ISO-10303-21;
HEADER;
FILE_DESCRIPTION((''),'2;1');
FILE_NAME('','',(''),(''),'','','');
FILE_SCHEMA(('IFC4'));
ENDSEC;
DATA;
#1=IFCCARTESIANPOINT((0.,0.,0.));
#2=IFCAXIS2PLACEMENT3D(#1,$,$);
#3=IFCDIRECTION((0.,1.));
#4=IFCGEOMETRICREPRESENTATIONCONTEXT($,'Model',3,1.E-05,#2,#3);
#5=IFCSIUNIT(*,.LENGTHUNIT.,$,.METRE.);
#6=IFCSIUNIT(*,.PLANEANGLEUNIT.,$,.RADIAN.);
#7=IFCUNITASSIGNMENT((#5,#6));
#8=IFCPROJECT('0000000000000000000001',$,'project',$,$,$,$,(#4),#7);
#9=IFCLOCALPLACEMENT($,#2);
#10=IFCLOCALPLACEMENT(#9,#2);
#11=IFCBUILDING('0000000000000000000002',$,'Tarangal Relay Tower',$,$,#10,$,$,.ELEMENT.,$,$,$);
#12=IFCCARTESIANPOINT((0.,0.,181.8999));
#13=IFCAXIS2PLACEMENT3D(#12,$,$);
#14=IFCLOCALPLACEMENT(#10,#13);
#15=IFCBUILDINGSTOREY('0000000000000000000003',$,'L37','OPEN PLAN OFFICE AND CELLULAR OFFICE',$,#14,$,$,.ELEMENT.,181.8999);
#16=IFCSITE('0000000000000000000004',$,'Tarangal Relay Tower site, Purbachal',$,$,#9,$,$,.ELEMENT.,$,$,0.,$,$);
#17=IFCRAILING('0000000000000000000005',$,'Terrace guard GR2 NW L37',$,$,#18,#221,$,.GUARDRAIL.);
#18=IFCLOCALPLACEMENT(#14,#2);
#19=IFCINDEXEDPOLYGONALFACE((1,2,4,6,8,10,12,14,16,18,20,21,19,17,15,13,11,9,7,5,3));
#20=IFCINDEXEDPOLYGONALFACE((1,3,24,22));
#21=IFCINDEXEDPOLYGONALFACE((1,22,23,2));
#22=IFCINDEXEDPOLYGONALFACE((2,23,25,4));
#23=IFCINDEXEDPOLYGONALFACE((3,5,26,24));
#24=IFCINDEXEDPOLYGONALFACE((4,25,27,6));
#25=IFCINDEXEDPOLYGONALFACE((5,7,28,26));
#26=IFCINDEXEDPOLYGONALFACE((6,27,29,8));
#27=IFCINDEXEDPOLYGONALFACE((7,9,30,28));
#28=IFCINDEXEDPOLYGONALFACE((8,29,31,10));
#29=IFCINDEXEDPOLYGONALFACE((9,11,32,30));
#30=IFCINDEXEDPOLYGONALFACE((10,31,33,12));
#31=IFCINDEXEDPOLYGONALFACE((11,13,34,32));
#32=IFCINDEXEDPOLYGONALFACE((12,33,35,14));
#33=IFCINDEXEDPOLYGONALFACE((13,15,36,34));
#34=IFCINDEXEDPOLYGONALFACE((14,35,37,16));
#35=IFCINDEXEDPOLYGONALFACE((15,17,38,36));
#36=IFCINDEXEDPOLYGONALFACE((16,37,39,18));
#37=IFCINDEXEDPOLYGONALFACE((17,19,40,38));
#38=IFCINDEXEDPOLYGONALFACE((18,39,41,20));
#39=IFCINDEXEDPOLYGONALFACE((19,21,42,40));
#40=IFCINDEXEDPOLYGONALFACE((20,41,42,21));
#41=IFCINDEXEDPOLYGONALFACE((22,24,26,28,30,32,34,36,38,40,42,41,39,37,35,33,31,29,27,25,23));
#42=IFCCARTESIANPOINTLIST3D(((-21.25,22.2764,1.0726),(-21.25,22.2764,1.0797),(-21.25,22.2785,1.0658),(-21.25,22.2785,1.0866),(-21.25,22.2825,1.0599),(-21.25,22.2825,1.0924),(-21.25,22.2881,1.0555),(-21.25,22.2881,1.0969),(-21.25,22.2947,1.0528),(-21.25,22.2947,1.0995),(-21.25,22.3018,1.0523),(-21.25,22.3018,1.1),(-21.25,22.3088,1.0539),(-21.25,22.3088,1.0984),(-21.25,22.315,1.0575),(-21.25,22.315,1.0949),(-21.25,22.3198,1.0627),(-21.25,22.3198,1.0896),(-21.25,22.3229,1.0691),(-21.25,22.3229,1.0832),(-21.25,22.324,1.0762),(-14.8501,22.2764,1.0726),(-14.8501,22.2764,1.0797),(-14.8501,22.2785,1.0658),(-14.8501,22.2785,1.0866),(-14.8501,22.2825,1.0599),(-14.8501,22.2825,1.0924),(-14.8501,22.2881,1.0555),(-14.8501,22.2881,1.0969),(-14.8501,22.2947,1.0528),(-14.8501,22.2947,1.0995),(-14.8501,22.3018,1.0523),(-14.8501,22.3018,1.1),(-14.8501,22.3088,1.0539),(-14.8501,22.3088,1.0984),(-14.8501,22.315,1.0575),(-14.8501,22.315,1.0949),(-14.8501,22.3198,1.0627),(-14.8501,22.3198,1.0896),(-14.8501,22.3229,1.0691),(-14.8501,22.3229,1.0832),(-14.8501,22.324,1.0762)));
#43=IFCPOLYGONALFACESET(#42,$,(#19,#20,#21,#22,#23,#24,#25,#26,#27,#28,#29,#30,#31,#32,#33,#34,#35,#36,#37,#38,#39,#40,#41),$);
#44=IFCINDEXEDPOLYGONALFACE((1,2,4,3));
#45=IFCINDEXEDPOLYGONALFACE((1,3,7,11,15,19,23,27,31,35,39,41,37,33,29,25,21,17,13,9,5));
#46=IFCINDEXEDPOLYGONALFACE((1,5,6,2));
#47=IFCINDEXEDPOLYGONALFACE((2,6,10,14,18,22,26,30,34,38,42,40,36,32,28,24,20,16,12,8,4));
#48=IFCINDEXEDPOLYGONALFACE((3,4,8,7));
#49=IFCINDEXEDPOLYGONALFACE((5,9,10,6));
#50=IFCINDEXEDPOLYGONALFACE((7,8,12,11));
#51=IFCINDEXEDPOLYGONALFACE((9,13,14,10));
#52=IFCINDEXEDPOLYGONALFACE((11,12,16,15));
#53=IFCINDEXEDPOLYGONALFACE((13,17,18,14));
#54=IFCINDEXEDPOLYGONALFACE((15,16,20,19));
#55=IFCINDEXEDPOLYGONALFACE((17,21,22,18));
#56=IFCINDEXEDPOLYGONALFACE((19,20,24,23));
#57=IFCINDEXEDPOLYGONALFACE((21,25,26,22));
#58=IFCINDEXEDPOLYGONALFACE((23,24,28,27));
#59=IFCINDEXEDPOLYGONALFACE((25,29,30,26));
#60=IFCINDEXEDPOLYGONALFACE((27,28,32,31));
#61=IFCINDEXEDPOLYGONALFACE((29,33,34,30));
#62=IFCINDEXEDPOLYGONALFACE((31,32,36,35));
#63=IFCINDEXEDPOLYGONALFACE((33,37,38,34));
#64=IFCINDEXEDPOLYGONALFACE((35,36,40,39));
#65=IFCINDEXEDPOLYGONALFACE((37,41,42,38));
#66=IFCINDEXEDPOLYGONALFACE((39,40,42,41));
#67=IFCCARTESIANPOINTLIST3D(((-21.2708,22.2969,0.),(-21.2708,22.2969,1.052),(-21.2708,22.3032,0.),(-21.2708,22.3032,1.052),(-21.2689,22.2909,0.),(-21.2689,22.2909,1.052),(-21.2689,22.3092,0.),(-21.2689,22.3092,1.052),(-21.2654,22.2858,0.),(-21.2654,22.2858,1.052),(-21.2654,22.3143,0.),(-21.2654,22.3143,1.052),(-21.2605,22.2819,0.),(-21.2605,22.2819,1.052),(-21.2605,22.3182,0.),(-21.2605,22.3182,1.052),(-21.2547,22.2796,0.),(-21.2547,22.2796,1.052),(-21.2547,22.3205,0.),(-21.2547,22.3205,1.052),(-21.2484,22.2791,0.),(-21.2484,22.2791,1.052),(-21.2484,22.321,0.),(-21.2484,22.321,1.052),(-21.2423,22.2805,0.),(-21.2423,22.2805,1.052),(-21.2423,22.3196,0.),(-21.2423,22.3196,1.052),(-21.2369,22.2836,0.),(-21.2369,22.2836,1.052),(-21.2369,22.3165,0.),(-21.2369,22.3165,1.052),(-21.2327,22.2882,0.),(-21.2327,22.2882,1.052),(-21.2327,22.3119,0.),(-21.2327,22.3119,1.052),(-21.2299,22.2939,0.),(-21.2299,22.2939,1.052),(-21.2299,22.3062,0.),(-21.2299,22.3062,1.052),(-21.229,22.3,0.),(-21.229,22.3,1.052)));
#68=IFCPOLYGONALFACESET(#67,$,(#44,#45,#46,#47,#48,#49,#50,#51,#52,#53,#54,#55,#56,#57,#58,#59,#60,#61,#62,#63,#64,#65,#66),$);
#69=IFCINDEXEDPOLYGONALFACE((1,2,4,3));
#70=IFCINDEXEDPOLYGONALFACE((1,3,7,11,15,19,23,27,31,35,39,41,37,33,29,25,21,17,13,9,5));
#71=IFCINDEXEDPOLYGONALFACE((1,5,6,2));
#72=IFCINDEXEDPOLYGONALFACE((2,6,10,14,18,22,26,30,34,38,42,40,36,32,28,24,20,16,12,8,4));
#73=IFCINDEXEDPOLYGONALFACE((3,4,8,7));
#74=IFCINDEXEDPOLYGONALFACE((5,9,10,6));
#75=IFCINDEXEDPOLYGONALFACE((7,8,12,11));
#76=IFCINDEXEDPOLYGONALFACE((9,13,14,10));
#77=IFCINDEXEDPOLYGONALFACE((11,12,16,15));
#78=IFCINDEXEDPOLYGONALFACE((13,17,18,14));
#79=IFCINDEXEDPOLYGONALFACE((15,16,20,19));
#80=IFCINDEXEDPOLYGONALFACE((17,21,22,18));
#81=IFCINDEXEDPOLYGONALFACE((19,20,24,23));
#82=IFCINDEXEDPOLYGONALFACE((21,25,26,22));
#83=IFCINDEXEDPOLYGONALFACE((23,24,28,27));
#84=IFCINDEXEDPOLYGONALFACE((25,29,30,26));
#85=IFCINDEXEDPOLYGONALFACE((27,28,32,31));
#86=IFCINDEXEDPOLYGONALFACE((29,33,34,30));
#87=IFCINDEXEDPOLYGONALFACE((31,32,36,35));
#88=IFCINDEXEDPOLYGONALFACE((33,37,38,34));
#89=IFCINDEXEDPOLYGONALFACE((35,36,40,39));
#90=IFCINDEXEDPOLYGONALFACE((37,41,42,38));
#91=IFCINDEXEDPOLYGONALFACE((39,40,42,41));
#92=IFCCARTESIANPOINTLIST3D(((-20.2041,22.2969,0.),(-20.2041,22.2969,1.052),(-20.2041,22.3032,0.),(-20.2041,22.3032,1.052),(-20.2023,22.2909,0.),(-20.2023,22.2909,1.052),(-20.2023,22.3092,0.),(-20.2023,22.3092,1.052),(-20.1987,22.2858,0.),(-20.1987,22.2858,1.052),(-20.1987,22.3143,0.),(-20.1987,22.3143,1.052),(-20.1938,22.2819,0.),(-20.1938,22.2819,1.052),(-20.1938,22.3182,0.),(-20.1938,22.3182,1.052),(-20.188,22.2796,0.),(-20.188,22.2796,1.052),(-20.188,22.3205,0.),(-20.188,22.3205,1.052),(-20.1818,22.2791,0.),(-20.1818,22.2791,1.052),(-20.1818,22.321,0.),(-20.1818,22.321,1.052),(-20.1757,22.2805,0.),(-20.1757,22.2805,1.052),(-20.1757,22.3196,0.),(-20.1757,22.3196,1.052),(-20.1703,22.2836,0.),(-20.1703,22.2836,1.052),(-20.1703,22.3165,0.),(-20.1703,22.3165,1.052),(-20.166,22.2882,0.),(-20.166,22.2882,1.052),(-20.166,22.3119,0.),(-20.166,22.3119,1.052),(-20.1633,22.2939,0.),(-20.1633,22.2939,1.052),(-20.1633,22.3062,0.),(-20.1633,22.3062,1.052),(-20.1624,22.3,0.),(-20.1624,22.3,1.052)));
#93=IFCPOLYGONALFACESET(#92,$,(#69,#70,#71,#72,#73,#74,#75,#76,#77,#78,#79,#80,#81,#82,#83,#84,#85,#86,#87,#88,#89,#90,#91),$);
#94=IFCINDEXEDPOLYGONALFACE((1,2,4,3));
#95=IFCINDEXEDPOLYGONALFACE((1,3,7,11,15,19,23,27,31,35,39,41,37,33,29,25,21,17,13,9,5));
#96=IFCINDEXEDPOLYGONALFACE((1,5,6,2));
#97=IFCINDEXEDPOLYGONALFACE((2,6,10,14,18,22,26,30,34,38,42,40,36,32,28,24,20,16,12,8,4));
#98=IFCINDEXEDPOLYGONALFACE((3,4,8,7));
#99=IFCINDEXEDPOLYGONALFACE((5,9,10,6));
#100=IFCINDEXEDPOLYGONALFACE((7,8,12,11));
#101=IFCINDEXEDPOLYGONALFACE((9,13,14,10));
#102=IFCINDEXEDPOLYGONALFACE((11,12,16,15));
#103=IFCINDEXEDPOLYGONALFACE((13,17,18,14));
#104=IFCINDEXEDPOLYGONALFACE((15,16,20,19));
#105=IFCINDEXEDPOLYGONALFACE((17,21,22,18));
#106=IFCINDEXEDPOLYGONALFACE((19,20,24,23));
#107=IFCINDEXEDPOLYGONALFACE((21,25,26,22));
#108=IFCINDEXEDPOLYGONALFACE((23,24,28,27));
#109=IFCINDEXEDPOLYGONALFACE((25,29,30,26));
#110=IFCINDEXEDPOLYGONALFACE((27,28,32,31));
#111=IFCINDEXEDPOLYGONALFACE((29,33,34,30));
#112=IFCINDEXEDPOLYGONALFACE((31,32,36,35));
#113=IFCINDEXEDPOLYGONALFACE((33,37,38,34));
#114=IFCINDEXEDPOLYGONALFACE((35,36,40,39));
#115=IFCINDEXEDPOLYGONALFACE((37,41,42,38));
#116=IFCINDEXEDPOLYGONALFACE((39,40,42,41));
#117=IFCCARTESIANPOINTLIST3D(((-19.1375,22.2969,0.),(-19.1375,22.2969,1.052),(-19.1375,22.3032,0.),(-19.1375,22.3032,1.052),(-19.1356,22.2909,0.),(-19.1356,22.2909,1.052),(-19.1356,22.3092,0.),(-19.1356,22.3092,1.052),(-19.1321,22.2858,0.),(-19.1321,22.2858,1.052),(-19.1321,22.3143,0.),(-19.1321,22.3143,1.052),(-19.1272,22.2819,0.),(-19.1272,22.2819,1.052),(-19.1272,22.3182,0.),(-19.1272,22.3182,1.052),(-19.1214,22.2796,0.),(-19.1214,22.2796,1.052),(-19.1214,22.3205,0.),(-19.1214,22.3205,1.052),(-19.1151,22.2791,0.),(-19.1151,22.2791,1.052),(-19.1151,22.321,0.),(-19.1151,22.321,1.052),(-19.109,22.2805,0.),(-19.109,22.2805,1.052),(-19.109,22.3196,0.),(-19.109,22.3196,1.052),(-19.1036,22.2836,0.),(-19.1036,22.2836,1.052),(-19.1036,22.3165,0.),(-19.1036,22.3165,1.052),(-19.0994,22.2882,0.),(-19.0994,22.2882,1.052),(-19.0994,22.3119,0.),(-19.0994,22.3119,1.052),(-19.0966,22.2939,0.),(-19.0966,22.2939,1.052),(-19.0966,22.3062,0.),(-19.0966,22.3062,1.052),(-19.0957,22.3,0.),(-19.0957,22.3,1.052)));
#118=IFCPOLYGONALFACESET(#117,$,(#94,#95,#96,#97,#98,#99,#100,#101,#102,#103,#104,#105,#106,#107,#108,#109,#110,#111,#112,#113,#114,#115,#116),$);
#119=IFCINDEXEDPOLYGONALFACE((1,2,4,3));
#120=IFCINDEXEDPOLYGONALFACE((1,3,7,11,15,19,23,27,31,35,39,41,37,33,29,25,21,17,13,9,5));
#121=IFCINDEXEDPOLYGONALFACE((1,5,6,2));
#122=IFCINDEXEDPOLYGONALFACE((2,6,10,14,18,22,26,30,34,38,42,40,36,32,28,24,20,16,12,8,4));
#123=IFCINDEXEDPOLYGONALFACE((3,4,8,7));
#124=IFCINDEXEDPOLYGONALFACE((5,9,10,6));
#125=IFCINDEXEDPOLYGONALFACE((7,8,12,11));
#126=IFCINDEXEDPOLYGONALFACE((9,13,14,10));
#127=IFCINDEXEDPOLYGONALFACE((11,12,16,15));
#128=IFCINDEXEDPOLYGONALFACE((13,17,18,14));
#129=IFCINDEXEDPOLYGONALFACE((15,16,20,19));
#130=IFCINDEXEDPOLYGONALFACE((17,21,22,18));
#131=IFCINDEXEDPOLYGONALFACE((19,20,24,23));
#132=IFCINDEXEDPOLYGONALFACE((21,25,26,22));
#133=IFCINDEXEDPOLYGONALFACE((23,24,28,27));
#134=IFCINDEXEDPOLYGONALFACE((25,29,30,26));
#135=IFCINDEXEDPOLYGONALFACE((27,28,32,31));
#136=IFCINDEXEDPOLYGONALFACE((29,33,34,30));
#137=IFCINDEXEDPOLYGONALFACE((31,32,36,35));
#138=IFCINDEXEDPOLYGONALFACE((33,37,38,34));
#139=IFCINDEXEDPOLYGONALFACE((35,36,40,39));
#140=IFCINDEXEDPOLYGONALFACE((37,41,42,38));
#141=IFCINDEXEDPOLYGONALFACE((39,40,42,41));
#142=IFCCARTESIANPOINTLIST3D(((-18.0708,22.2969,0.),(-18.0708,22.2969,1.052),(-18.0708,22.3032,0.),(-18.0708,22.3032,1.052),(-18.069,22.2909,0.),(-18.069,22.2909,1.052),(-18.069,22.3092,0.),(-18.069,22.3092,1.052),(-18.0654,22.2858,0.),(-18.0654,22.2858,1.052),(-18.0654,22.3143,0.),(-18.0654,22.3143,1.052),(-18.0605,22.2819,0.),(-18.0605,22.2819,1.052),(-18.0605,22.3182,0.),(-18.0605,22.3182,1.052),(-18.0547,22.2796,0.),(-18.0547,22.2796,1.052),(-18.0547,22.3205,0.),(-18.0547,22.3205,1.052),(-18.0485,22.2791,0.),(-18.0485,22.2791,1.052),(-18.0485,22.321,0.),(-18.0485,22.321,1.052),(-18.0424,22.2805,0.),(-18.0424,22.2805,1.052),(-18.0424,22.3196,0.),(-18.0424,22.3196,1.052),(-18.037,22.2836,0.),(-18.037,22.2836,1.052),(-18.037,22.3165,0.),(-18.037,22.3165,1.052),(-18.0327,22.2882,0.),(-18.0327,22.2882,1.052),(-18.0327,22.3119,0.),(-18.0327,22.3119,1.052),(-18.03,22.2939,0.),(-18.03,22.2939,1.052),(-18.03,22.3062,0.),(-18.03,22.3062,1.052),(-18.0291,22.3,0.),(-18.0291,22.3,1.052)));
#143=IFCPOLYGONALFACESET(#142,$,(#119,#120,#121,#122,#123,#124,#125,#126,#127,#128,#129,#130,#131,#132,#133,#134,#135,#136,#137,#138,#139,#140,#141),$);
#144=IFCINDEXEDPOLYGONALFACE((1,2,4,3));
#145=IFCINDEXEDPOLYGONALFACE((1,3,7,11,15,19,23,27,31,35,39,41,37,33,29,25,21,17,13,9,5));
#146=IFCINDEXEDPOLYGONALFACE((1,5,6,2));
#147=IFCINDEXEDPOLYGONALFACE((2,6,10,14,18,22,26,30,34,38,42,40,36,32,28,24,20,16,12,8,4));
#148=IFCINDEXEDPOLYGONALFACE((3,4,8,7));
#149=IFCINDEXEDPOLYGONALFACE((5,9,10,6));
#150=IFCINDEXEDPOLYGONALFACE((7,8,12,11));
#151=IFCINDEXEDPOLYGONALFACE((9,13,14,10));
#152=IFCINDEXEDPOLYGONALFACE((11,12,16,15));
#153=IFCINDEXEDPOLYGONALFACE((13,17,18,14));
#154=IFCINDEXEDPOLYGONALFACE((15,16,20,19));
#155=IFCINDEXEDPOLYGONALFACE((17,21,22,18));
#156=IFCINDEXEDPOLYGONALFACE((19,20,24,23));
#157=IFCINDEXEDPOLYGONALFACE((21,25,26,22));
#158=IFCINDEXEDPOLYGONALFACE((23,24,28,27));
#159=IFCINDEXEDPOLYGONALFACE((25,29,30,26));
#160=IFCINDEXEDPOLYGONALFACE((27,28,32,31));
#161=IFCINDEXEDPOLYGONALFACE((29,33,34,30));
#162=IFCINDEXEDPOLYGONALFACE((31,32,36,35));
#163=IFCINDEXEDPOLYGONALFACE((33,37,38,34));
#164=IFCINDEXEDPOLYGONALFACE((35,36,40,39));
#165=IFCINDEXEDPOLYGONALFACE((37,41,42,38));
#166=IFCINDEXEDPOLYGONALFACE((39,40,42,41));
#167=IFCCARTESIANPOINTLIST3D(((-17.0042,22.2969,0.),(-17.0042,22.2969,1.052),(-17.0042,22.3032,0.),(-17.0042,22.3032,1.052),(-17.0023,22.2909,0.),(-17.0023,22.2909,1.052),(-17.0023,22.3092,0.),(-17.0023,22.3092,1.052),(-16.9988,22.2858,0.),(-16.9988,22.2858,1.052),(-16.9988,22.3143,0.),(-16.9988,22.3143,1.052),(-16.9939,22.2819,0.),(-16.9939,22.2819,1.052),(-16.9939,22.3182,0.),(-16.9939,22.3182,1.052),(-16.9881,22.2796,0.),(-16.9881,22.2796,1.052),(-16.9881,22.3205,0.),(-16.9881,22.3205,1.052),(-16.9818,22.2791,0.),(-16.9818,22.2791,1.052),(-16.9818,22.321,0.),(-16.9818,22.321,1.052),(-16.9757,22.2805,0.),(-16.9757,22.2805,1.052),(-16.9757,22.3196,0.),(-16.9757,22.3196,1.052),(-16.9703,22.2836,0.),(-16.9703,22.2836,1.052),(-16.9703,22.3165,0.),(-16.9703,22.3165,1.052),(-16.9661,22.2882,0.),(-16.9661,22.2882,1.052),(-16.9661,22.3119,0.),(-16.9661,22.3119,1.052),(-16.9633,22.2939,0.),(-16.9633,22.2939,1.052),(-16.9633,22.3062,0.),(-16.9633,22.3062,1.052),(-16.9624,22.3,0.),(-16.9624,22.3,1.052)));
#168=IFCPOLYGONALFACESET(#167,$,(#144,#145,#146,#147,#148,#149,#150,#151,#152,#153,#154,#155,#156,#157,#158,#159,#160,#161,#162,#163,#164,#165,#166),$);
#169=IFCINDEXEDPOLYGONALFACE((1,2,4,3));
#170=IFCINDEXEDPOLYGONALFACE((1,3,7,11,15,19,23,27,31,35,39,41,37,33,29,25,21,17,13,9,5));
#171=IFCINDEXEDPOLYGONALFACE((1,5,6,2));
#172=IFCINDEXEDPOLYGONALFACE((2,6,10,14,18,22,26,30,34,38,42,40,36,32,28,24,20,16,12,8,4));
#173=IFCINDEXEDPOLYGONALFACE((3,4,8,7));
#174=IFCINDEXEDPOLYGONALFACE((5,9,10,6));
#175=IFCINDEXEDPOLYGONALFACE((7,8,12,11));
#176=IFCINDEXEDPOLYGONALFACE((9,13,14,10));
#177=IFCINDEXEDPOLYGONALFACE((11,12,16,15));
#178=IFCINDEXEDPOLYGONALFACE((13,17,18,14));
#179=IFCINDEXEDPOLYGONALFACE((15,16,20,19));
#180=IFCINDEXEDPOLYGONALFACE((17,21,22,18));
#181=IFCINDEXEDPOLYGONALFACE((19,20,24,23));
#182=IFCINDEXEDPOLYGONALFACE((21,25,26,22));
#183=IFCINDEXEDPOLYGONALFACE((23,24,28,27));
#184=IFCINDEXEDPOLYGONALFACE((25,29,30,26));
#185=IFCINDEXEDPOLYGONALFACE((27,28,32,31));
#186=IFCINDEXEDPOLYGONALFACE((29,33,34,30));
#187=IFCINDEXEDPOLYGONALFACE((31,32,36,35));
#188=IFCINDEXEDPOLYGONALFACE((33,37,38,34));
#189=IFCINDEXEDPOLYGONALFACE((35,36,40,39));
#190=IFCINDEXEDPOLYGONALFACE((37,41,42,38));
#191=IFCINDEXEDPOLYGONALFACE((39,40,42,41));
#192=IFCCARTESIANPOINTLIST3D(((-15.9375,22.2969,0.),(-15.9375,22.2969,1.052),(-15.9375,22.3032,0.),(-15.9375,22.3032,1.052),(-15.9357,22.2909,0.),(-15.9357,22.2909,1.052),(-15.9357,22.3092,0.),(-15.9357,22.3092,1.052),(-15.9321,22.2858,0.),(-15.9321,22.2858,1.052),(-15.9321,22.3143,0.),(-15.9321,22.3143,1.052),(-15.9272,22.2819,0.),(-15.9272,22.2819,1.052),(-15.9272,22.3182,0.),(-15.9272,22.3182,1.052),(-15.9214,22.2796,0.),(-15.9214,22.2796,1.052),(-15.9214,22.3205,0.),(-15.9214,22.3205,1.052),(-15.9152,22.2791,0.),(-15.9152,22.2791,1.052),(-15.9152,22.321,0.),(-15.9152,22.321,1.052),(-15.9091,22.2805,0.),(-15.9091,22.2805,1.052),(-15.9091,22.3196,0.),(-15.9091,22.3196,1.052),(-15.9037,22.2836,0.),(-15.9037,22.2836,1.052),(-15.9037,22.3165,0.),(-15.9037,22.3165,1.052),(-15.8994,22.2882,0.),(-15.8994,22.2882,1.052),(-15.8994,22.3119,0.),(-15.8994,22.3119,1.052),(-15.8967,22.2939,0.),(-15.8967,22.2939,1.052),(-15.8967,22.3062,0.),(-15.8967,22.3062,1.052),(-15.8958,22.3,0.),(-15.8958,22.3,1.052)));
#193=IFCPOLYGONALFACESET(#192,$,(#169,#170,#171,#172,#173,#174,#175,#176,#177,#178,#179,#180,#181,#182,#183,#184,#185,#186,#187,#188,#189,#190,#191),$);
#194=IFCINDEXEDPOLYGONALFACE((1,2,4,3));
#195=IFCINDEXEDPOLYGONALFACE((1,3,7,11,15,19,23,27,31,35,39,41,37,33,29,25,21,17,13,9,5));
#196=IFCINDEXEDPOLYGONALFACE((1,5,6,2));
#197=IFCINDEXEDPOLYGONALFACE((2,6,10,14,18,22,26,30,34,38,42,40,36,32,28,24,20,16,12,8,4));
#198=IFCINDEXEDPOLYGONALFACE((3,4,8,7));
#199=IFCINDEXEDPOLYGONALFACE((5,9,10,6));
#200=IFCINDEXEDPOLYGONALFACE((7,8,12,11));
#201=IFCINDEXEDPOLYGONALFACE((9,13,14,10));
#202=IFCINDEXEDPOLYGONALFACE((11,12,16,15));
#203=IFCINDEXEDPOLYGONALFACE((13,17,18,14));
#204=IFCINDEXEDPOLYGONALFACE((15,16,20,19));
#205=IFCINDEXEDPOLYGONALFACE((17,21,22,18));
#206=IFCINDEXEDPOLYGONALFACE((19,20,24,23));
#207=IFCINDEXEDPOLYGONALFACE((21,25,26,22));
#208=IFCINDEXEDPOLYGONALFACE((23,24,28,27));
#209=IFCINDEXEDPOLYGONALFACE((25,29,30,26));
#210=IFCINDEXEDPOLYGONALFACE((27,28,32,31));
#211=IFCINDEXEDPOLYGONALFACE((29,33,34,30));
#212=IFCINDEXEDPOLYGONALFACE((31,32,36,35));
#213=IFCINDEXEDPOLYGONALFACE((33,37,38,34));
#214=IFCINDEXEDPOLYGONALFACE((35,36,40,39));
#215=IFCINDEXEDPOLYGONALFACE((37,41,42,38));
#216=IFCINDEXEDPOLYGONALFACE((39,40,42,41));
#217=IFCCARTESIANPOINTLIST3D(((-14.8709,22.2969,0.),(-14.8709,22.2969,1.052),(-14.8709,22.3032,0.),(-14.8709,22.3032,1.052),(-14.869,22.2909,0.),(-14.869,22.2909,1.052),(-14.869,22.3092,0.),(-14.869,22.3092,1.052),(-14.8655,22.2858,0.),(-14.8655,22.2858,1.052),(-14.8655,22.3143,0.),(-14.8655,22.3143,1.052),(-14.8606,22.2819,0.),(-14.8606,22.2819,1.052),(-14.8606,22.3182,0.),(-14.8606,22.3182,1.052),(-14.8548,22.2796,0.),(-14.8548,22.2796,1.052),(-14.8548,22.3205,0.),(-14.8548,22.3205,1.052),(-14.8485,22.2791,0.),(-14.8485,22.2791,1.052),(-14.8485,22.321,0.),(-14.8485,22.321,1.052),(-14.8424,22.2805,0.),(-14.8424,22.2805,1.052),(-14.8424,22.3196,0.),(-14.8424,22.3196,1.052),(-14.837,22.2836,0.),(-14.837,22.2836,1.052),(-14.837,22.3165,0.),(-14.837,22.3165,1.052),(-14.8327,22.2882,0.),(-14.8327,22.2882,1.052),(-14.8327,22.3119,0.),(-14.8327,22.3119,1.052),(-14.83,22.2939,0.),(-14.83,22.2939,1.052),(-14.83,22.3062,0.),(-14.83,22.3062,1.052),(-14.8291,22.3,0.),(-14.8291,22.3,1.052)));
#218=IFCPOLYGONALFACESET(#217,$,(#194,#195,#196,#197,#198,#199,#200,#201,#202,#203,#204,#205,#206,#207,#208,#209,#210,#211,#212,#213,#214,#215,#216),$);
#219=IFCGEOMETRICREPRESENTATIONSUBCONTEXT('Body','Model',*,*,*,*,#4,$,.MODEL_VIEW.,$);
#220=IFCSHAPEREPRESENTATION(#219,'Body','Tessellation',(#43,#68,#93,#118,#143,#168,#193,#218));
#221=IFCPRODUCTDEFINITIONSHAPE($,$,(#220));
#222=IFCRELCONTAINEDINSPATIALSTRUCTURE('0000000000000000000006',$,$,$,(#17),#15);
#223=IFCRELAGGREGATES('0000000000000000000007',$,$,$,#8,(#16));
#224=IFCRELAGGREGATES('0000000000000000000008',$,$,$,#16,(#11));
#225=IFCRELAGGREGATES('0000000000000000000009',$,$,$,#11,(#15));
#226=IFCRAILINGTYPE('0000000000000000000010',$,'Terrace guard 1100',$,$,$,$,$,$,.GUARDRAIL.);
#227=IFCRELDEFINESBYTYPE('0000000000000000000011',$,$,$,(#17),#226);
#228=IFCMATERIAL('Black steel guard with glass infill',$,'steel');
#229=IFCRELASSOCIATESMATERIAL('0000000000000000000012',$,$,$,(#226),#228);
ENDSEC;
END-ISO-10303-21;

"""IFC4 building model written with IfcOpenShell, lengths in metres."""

from ifc_helpers import new_model, si_unit, direction, frame, origin, origin_2d, place, context, subcontext, project, spatial, circle, extrude, material, type_object, element, save


model = new_model("IFC4")

# Units and contexts
model_context = context("Model", 3, precision=1e-05, world=origin(), true_north=direction((0.0, 1.0)))
body_context = subcontext(model_context, "Body", "Model", "MODEL_VIEW")
ifc_project = project(units=[si_unit("LENGTHUNIT", "METRE"), si_unit("PLANEANGLEUNIT", "RADIAN")], contexts=[model_context])

# Site, building, storey
site_placement = place(None, origin())
site = spatial("IfcSite", under=ifc_project, at=site_placement, Name="Tarangal Relay Tower site, Purbachal", CompositionType="ELEMENT", RefElevation=0.0)
building_placement = place(site_placement, origin())
building = spatial("IfcBuilding", under=site, at=building_placement, Name="Tarangal Relay Tower", CompositionType="ELEMENT")
storey_placement = place(building_placement, frame((0.0, 0.0, 181.8999)))
storey = spatial("IfcBuildingStorey", under=building, at=storey_placement, Name="L37", Description="OPEN PLAN OFFICE AND CELLULAR OFFICE", CompositionType="ELEMENT", Elevation=181.8999)

# Railing
ifc_material_1 = material(Name="Black steel guard with glass infill", Category="steel")
railing_type = type_object("IfcRailingType", Name="Terrace guard 1100", PredefinedType="GUARDRAIL", material=ifc_material_1)
railing_1_placement = place(storey_placement, frame((-21.25, 22.3, 0.0)))
element("IfcRailing", 1, at=railing_1_placement, inside=storey, type_object=railing_type, Name="Terrace guard GR2 NW L37", PredefinedType="GUARDRAIL", context=body_context, shape_type="SweptSolid", body=[
    extrude(circle(Radius=0.0239, at=origin_2d()), frame((0.0, 0.0, 1.0762), z_axis=(1.0, 0.0, 0.0), x_axis=(0.0, 1.0, 0.0)), (0.0, 0.0, 1.0), 6.3999),
    extrude(circle(Radius=0.021, at=origin_2d()), origin(), (0.0, 0.0, 1.0), 1.052),
    extrude(circle(Radius=0.021, at=origin_2d()), frame((1.0667, 0.0, 0.0)), (0.0, 0.0, 1.0), 1.052),
    extrude(circle(Radius=0.021, at=origin_2d()), frame((2.1333, 0.0, 0.0)), (0.0, 0.0, 1.0), 1.052),
    extrude(circle(Radius=0.021, at=origin_2d()), frame((3.2, 0.0, 0.0)), (0.0, 0.0, 1.0), 1.052),
    extrude(circle(Radius=0.021, at=origin_2d()), frame((4.2666, 0.0, 0.0)), (0.0, 0.0, 1.0), 1.052),
    extrude(circle(Radius=0.021, at=origin_2d()), frame((5.3333, 0.0, 0.0)), (0.0, 0.0, 1.0), 1.052),
    extrude(circle(Radius=0.021, at=origin_2d()), frame((6.3999, 0.0, 0.0)), (0.0, 0.0, 1.0), 1.052),
])

save(model, "model.ifc")
